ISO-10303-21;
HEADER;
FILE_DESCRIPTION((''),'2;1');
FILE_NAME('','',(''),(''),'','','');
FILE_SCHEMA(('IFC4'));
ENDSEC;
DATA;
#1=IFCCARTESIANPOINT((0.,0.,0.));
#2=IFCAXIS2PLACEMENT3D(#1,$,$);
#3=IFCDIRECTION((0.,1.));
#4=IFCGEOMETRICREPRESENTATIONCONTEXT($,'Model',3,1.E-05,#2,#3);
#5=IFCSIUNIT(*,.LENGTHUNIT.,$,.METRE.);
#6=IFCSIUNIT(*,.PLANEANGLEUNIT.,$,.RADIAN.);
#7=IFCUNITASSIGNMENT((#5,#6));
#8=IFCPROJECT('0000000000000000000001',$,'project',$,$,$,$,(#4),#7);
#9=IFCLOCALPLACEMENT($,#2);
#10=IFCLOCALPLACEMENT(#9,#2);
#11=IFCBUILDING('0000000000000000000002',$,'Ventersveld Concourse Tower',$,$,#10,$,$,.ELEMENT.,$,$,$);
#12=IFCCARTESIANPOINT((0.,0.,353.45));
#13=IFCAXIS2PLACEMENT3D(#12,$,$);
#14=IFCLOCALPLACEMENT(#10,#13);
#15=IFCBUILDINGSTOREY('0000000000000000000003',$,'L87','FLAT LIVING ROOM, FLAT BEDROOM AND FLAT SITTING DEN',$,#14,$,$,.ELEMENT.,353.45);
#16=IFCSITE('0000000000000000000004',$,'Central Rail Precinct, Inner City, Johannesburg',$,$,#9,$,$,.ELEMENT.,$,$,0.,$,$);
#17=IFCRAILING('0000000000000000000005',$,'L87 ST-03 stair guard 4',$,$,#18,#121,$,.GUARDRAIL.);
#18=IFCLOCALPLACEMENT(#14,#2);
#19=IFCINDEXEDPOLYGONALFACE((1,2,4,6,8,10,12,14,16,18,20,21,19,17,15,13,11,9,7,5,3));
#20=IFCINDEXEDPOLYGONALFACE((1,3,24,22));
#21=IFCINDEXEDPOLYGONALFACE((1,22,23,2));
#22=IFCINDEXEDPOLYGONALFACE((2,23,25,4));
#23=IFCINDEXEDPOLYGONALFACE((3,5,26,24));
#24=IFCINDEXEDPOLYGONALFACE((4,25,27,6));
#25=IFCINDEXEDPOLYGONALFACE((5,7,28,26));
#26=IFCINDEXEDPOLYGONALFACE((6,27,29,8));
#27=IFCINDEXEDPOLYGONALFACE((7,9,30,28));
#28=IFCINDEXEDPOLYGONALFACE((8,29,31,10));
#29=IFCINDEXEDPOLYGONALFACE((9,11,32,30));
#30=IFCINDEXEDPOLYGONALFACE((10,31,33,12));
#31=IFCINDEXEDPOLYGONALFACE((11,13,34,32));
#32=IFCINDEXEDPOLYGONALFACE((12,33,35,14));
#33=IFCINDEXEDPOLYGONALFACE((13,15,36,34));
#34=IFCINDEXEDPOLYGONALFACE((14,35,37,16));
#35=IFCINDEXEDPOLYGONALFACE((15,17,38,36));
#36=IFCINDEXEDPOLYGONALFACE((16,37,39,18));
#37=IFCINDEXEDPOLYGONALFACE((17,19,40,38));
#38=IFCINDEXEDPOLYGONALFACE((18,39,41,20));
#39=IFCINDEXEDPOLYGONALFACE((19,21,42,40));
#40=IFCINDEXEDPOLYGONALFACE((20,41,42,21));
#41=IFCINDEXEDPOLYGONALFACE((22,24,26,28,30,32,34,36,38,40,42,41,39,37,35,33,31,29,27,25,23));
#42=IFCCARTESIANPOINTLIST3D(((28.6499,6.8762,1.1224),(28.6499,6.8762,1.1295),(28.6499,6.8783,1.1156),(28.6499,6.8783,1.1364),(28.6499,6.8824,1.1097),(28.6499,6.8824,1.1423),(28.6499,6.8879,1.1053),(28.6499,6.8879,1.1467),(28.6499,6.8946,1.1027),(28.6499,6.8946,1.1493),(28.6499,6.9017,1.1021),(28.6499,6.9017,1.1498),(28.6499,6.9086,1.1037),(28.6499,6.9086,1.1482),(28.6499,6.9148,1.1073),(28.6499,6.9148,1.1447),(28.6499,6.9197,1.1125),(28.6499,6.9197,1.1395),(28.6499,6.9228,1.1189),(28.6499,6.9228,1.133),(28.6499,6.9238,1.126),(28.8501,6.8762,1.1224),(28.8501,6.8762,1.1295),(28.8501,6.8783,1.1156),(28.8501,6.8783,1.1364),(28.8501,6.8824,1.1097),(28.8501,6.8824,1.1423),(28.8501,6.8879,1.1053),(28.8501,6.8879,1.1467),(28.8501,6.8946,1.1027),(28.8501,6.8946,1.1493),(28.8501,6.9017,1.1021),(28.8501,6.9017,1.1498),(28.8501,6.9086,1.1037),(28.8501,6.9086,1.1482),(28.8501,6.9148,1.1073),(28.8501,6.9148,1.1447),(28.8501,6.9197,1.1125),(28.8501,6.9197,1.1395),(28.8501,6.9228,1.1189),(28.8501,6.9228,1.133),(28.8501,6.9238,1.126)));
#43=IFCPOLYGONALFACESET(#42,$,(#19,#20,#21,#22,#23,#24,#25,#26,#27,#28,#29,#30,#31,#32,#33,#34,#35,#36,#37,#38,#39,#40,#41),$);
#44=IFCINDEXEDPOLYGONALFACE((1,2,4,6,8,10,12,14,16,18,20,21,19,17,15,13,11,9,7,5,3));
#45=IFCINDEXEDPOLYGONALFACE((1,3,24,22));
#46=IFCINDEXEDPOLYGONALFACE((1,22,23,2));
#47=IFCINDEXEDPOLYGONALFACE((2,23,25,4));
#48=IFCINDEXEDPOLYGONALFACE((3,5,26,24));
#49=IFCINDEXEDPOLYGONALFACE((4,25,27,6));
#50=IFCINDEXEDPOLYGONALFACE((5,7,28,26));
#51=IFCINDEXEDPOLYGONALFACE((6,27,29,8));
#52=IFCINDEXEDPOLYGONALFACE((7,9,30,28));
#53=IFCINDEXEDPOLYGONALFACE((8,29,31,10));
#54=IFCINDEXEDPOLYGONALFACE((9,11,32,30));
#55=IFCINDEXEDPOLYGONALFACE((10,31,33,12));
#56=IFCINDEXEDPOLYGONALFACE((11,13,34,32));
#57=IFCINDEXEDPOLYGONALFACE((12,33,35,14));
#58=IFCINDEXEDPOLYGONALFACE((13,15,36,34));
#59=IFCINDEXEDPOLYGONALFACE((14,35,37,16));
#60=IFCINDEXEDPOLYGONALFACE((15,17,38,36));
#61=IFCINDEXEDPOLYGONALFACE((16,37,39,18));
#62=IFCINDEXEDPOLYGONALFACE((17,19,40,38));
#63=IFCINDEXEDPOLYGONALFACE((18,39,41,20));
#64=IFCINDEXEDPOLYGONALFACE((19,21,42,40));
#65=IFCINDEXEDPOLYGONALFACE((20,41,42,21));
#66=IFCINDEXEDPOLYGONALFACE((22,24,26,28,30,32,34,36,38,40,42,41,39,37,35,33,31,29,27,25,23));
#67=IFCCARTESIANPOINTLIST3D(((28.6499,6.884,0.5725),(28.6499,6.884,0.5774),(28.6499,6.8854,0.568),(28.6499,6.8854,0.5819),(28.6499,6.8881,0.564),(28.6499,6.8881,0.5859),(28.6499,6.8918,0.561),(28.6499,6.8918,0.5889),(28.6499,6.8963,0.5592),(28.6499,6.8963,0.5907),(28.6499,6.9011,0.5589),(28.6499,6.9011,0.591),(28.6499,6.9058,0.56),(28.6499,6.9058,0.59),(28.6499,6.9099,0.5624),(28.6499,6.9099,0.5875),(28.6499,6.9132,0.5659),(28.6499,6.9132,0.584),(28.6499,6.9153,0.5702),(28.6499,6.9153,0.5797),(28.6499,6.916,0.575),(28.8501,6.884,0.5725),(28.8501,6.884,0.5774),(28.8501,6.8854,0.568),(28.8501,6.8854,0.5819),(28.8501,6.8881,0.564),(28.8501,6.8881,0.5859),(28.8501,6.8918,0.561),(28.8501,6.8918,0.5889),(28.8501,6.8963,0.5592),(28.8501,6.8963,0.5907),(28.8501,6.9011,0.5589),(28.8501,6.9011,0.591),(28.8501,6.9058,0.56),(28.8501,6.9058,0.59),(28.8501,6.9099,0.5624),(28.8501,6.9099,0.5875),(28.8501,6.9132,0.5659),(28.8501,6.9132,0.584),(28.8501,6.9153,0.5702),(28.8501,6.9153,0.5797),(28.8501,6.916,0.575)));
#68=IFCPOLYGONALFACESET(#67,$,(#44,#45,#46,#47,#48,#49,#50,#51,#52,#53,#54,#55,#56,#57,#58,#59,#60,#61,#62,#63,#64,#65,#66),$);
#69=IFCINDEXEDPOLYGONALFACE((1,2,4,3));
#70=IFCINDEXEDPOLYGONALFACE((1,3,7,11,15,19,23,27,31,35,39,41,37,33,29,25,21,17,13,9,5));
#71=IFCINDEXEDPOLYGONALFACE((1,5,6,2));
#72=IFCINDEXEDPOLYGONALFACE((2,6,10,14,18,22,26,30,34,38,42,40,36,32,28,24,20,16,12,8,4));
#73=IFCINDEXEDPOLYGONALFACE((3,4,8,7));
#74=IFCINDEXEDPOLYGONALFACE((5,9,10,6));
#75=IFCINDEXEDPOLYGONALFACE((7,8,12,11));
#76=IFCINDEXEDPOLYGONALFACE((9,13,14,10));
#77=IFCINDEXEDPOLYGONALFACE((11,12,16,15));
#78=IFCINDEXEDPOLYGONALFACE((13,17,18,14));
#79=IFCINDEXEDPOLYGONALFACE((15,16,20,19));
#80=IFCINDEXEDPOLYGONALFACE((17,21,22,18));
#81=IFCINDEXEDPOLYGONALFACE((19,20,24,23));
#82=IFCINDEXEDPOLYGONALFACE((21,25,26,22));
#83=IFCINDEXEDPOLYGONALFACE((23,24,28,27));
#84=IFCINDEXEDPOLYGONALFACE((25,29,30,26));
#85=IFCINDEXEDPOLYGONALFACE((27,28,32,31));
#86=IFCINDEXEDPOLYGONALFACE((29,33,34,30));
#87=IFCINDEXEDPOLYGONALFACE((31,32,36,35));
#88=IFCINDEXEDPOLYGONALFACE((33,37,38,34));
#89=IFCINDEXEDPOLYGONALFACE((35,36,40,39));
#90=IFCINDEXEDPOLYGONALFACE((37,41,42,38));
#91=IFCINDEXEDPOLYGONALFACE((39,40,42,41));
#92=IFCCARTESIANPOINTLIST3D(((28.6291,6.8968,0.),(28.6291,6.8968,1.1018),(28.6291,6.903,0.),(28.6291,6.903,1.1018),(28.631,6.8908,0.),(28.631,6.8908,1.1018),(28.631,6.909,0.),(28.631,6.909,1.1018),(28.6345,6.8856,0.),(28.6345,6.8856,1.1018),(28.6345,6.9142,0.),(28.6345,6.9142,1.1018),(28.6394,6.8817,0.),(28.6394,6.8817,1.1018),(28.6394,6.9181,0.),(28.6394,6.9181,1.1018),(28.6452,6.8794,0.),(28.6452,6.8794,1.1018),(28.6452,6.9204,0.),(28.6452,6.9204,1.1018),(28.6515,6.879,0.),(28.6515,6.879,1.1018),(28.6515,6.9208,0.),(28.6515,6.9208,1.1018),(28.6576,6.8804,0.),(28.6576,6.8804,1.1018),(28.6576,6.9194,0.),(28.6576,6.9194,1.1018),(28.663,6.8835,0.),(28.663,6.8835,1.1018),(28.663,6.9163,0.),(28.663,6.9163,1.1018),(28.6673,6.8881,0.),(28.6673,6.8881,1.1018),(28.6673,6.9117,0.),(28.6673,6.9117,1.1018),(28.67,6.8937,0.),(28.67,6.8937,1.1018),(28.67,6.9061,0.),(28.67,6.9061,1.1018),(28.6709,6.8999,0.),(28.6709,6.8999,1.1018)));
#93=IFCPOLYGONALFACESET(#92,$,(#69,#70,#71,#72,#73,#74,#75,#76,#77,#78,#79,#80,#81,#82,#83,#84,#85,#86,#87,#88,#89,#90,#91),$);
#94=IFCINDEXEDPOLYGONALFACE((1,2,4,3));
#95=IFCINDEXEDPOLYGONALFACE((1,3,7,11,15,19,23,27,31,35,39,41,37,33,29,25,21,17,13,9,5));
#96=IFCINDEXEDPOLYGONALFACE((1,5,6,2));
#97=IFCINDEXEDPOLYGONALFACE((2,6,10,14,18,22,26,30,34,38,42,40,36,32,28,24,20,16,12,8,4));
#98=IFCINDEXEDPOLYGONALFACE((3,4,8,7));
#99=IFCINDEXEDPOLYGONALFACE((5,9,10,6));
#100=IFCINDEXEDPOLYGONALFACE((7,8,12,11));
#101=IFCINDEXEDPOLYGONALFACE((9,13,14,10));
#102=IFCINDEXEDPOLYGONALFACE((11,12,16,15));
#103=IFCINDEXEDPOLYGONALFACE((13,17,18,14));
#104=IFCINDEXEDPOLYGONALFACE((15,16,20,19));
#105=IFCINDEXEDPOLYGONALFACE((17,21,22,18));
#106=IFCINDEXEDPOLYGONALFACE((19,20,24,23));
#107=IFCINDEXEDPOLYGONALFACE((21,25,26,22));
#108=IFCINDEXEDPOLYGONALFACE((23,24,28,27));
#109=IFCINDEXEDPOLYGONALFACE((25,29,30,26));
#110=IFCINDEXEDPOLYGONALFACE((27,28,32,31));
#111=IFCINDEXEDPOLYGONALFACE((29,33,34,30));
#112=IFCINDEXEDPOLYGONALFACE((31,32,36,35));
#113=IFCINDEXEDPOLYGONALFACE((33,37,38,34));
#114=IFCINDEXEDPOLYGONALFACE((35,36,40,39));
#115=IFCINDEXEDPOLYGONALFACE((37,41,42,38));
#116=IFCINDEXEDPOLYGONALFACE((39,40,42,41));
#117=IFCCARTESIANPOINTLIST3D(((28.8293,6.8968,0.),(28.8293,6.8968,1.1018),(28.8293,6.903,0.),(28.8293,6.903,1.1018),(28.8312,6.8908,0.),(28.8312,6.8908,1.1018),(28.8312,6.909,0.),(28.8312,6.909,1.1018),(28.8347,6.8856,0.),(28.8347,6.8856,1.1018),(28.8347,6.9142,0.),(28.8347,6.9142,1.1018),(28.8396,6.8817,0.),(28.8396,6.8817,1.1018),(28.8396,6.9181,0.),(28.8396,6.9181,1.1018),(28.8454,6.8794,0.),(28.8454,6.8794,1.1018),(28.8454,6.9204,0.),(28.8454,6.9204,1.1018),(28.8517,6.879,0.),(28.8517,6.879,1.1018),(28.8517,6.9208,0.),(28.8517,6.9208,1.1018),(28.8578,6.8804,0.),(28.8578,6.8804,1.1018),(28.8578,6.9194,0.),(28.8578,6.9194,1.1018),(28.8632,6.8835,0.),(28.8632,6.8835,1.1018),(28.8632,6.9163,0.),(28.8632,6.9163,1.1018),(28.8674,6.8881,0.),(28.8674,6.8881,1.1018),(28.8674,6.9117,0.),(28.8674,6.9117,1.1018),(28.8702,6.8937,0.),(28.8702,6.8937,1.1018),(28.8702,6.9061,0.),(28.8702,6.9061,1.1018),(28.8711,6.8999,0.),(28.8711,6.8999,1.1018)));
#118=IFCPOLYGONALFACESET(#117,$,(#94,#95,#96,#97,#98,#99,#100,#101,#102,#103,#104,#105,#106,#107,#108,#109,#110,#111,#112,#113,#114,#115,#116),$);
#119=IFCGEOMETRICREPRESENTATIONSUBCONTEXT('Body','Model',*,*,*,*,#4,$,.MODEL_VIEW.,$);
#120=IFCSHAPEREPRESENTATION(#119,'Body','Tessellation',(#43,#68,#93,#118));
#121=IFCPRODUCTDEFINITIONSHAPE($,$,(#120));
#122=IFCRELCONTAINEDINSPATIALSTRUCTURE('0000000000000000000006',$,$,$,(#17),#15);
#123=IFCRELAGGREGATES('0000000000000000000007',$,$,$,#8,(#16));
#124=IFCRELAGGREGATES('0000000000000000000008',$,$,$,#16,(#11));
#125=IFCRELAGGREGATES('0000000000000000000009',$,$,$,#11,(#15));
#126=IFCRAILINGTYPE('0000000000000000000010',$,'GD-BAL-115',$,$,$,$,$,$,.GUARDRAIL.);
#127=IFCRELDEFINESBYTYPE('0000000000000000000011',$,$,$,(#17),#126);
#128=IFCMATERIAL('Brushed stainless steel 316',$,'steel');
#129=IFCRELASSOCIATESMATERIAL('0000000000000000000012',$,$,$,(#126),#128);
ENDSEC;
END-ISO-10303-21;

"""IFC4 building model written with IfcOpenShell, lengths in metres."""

from ifc_helpers import new_model, si_unit, direction, frame, origin, origin_2d, place, context, subcontext, project, spatial, circle, extrude, material, type_object, element, save


model = new_model("IFC4")

# Units and contexts
model_context = context("Model", 3, precision=1e-05, world=origin(), true_north=direction((0.0, 1.0)))
body_context = subcontext(model_context, "Body", "Model", "MODEL_VIEW")
ifc_project = project(units=[si_unit("LENGTHUNIT", "METRE"), si_unit("PLANEANGLEUNIT", "RADIAN")], contexts=[model_context])

# Site, building, storey
site_placement = place(None, origin())
site = spatial("IfcSite", under=ifc_project, at=site_placement, Name="Central Rail Precinct, Inner City, Johannesburg", CompositionType="ELEMENT", RefElevation=0.0)
building_placement = place(site_placement, origin())
building = spatial("IfcBuilding", under=site, at=building_placement, Name="Ventersveld Concourse Tower", CompositionType="ELEMENT")
storey_placement = place(building_placement, frame((0.0, 0.0, 353.45)))
storey = spatial("IfcBuildingStorey", under=building, at=storey_placement, Name="L87", Description="FLAT LIVING ROOM, FLAT BEDROOM AND FLAT SITTING DEN", CompositionType="ELEMENT", Elevation=353.45)

# Shared definitions
ifc_material_1 = material(Name="Brushed stainless steel 316", Category="steel")

# Railing
railing_type_1 = type_object("IfcRailingType", Name="GD-BAL-115", PredefinedType="GUARDRAIL", material=ifc_material_1)
railing_1_placement = place(storey_placement, frame((28.6499, 6.8999, 0.0)))
element("IfcRailing", 1, at=railing_1_placement, inside=storey, type_object=railing_type_1, Name="L87 ST-03 stair guard 4", PredefinedType="GUARDRAIL", context=body_context, shape_type="SweptSolid", body=[
    extrude(circle(Radius=0.0239, at=origin_2d()), frame((0.0, 0.0, 1.126), z_axis=(1.0, 0.0, 0.0), x_axis=(0.0, 1.0, 0.0)), (0.0, 0.0, 1.0), 0.2002),
    extrude(circle(Radius=0.0161, at=origin_2d()), frame((0.0, 0.0, 0.575), z_axis=(1.0, 0.0, 0.0), x_axis=(0.0, 1.0, 0.0)), (0.0, 0.0, 1.0), 0.2002),
    extrude(circle(Radius=0.021, at=origin_2d()), origin(), (0.0, 0.0, 1.0), 1.1018),
    extrude(circle(Radius=0.021, at=origin_2d()), frame((0.2002, 0.0, 0.0)), (0.0, 0.0, 1.0), 1.1018),
])

save(model, "model.ifc")
